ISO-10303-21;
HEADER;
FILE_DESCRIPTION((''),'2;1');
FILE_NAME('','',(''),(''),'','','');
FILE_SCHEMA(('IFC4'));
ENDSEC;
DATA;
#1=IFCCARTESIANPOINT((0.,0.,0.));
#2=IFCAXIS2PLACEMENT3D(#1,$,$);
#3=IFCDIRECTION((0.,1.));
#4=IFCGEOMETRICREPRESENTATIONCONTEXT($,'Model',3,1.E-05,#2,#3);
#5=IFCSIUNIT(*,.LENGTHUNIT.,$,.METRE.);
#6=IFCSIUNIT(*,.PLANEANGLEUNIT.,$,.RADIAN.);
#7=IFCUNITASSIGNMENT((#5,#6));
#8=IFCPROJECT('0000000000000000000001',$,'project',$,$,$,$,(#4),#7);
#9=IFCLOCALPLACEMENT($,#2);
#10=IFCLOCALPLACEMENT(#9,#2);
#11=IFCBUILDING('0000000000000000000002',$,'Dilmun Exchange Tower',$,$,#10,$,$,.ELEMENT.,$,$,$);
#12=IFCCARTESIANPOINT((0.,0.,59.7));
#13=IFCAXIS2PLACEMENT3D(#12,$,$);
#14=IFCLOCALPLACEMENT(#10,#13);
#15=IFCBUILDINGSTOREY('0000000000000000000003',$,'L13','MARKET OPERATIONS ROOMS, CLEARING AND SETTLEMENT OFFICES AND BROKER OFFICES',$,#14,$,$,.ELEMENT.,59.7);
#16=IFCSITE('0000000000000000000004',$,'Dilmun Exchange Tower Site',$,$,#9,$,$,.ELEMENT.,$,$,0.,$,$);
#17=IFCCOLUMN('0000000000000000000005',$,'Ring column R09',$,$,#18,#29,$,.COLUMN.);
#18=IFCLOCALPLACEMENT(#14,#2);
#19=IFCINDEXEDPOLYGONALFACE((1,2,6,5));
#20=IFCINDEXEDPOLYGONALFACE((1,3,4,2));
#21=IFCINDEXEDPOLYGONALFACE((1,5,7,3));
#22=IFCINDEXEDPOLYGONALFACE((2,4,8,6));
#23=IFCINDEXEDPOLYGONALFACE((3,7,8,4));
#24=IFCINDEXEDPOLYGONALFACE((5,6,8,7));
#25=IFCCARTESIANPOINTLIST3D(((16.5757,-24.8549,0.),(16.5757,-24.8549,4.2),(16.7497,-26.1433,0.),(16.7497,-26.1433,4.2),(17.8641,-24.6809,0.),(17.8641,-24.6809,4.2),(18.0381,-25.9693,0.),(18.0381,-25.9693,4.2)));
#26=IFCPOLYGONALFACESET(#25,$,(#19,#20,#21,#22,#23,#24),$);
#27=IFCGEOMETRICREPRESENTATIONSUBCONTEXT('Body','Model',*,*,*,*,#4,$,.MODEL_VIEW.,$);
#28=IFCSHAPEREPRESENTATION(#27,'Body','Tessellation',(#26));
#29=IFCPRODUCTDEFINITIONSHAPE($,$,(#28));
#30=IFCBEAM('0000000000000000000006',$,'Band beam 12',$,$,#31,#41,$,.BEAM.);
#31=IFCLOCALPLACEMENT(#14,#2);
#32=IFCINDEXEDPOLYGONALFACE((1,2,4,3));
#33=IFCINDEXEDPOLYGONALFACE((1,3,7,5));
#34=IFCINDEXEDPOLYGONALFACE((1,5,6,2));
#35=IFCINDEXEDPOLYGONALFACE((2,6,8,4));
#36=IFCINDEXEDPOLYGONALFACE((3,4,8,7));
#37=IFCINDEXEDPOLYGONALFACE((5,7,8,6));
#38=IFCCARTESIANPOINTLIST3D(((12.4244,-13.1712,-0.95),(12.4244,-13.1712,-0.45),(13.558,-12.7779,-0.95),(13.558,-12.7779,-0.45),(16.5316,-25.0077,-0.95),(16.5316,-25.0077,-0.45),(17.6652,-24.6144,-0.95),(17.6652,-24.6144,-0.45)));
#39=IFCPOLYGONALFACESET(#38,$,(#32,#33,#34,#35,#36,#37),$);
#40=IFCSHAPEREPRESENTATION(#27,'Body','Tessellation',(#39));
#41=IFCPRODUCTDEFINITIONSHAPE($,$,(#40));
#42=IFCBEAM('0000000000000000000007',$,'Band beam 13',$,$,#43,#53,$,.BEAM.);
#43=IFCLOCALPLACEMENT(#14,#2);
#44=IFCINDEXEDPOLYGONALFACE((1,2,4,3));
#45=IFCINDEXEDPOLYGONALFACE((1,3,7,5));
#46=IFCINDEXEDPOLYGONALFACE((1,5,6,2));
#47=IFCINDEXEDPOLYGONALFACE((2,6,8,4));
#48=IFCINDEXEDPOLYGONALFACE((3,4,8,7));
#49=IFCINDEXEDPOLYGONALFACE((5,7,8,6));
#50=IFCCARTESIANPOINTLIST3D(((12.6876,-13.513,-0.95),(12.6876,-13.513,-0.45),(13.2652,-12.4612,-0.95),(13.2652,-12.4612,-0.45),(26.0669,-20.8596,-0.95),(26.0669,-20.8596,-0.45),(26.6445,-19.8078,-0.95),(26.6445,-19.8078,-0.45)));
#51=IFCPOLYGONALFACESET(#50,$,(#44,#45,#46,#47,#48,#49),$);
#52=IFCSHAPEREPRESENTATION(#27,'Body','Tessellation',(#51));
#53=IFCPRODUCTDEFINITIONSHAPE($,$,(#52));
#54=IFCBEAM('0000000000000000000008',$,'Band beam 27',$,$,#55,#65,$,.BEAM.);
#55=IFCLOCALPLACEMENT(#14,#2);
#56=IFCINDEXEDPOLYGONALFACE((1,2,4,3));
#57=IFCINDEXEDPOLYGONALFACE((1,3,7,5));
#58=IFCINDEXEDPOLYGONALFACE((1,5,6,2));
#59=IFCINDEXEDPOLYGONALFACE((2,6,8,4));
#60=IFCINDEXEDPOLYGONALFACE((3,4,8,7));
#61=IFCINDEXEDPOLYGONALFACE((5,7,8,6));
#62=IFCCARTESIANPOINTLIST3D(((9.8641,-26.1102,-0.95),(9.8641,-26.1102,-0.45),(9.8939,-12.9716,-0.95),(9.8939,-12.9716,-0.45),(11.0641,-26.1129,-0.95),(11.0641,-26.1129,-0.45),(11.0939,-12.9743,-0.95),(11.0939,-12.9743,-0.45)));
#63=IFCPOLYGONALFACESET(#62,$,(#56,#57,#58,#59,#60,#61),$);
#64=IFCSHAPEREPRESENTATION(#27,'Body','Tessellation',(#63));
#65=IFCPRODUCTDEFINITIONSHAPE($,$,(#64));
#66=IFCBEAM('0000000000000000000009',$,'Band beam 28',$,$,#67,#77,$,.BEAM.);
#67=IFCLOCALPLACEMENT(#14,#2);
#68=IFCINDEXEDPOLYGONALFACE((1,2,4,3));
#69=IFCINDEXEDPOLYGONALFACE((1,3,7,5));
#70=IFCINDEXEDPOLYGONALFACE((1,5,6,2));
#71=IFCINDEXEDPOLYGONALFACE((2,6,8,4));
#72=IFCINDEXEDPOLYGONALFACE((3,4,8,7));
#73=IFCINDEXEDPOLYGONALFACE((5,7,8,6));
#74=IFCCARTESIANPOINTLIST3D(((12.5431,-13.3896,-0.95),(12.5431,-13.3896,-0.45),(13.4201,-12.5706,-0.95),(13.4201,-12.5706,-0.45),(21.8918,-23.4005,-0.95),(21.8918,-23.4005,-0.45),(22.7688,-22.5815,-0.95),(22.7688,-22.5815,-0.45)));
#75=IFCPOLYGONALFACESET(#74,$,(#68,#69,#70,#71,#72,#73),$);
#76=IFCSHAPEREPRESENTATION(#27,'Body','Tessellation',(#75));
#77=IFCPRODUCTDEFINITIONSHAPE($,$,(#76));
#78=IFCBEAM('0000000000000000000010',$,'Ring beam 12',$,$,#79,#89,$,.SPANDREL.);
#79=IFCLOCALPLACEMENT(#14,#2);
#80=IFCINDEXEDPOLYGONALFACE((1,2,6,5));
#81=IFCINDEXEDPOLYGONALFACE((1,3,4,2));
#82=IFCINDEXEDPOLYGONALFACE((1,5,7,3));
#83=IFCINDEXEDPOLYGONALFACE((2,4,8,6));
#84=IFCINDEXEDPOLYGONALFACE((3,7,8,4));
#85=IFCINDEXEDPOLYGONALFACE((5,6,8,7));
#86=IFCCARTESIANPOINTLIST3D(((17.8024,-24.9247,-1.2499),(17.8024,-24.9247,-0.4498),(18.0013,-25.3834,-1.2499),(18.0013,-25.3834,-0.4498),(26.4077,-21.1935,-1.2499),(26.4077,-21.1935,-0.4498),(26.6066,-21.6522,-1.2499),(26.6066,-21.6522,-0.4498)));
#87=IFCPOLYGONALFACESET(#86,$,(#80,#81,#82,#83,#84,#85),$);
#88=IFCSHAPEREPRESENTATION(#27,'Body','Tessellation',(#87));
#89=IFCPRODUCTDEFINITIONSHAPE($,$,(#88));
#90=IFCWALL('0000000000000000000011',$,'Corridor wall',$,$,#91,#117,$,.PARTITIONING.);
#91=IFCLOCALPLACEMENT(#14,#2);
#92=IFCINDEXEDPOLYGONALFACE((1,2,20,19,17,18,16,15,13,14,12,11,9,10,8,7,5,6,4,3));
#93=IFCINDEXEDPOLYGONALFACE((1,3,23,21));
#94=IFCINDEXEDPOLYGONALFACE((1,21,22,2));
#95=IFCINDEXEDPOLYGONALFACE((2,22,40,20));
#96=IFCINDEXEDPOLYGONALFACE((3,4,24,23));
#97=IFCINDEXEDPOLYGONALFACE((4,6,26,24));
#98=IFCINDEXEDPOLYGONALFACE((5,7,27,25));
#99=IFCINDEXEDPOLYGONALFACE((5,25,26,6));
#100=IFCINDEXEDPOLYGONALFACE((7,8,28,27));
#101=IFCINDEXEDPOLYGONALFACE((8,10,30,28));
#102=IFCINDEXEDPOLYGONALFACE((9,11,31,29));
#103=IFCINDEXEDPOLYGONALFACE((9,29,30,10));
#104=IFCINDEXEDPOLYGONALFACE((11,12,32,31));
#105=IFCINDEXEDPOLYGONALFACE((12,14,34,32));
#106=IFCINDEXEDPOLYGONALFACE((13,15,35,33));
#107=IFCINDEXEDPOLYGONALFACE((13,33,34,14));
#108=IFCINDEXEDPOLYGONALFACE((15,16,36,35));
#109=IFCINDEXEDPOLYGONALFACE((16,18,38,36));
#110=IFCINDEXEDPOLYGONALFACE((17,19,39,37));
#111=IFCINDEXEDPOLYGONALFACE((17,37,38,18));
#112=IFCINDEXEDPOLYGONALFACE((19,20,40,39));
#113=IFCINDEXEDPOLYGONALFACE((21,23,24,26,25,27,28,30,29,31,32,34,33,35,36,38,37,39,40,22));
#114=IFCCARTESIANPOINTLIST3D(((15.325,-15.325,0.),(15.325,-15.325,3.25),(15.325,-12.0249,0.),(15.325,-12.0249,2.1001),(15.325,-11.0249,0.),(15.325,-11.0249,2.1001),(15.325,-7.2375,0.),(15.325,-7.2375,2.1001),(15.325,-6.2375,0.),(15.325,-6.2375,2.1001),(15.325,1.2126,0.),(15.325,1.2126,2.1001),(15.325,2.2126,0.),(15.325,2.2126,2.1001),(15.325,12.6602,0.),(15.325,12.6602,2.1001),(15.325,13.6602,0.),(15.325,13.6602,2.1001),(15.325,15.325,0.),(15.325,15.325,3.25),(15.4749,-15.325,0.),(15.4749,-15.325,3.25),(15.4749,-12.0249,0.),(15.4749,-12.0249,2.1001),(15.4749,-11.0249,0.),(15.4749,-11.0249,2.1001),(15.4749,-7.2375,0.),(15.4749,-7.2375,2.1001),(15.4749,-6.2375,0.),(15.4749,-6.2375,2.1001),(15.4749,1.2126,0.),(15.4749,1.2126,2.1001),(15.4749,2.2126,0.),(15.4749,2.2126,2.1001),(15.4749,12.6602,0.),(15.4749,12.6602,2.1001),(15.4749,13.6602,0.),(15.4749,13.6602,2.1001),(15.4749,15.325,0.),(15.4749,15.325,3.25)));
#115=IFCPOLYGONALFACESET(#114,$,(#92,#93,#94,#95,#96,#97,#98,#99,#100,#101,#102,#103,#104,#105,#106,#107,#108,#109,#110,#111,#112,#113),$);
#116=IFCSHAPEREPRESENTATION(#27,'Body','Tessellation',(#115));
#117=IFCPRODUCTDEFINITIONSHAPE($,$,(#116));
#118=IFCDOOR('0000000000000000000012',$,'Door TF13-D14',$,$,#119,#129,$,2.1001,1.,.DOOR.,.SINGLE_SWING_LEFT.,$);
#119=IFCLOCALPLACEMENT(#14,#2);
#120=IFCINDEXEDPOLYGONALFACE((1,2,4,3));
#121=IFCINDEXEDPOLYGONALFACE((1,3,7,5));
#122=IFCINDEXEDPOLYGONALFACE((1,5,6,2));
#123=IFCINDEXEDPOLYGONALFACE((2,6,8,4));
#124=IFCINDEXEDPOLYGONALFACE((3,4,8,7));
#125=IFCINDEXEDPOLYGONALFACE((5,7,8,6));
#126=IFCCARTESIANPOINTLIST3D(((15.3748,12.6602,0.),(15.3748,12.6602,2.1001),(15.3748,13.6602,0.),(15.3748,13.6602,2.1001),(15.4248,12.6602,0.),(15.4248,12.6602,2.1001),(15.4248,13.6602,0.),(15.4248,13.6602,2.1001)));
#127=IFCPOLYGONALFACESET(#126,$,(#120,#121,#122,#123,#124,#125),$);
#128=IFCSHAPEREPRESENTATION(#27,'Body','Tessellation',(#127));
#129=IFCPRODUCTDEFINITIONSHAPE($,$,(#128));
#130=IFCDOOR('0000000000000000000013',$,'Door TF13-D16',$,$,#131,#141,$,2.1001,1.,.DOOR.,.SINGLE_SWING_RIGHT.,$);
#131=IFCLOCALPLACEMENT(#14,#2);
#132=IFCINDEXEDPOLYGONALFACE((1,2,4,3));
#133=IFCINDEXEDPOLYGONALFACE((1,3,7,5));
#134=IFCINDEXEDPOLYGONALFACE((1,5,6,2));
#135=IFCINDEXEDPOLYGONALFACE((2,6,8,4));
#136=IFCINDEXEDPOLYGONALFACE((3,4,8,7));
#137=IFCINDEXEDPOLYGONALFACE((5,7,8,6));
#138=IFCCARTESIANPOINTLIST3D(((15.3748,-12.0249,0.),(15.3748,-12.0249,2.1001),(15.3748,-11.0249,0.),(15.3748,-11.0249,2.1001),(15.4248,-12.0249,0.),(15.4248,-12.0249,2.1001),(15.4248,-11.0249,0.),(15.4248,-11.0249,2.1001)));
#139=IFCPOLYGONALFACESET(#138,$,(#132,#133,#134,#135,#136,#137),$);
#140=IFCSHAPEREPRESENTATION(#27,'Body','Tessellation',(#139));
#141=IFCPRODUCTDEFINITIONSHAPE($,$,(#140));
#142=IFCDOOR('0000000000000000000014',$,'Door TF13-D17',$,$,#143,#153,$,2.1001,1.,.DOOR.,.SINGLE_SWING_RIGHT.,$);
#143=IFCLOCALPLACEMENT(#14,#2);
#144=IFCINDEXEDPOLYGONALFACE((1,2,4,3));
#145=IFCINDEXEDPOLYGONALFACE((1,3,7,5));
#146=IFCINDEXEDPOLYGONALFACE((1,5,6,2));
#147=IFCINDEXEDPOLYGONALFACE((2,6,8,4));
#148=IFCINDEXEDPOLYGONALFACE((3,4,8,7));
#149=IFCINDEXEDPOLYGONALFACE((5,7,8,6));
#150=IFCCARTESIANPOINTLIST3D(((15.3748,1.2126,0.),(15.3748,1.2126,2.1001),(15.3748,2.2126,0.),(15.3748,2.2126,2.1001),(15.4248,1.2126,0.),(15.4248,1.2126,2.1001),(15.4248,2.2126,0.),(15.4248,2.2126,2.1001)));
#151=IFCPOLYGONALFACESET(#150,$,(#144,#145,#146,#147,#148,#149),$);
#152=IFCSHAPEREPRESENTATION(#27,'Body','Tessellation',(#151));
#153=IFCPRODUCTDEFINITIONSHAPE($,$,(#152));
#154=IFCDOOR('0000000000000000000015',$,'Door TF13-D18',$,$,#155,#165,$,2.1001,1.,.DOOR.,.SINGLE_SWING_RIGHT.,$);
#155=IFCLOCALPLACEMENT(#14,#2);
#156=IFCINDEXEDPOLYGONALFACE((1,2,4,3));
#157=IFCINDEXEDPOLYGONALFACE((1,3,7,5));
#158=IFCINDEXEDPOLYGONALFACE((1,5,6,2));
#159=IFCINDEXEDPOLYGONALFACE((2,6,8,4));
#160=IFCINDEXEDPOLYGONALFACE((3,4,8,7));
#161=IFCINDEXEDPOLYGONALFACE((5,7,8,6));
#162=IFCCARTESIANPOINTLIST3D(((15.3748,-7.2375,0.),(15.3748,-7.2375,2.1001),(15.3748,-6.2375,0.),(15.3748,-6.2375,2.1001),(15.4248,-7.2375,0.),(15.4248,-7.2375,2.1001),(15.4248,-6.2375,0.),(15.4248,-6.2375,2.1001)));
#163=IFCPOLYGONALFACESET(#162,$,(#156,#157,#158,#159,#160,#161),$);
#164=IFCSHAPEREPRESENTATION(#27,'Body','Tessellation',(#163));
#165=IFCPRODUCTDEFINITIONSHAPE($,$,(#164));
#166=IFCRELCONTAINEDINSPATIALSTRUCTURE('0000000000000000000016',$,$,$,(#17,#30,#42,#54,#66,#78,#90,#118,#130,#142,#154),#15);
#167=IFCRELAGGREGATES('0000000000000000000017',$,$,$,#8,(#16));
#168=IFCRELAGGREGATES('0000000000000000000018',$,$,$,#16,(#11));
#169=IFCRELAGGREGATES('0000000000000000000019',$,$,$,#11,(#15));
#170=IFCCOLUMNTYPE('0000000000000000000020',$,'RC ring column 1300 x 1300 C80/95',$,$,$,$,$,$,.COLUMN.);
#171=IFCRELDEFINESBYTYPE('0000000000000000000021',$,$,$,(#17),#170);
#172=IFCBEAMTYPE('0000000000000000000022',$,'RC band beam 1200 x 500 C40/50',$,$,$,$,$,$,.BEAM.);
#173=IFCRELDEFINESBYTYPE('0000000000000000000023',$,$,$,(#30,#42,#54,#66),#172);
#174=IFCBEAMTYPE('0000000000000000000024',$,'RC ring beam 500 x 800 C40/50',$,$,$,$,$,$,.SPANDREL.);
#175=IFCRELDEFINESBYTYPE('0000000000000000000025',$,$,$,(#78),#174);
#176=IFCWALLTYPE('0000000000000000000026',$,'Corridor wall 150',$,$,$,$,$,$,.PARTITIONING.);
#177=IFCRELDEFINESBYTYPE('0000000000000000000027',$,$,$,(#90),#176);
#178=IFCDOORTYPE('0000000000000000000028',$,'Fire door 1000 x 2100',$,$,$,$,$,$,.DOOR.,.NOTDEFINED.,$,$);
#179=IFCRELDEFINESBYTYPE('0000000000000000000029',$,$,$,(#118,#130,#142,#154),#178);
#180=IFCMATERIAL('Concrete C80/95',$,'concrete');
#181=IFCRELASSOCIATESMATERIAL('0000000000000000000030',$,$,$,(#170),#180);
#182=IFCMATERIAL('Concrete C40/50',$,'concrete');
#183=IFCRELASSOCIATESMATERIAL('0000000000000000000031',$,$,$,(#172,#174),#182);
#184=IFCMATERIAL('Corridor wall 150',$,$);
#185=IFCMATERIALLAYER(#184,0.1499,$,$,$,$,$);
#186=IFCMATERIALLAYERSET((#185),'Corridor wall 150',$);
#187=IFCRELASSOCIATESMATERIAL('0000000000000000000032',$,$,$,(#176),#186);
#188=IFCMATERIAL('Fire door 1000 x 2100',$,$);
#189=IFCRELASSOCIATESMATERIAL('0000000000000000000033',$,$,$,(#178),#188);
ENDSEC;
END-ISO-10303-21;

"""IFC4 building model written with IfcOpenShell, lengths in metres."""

from ifc_helpers import new_model, si_unit, direction, frame, frame_2d, origin, origin_2d, place, context, subcontext, project, spatial, rectangle, extrude, material, layer, layer_set, material_profile, profile_set, type_object, element, fill, save


model = new_model("IFC4")

# Units and contexts
model_context = context("Model", 3, precision=1e-05, world=origin(), true_north=direction((0.0, 1.0)))
body_context = subcontext(model_context, "Body", "Model", "MODEL_VIEW")
ifc_project = project(units=[si_unit("LENGTHUNIT", "METRE"), si_unit("PLANEANGLEUNIT", "RADIAN")], contexts=[model_context])

# Site, building, storey
site_placement = place(None, origin())
site = spatial("IfcSite", under=ifc_project, at=site_placement, Name="Dilmun Exchange Tower Site", CompositionType="ELEMENT", RefElevation=0.0)
building_placement = place(site_placement, origin())
building = spatial("IfcBuilding", under=site, at=building_placement, Name="Dilmun Exchange Tower", CompositionType="ELEMENT")
storey_placement = place(building_placement, frame((0.0, 0.0, 59.7)))
storey = spatial("IfcBuildingStorey", under=building, at=storey_placement, Name="L13", Description="MARKET OPERATIONS ROOMS, CLEARING AND SETTLEMENT OFFICES AND BROKER OFFICES", CompositionType="ELEMENT", Elevation=59.7)

# Column
ifc_material_1 = material(Name="Concrete C80/95", Category="concrete")
ifc_material_profile_1 = material_profile(ifc_material_1, rectangle(XDim=1.3, YDim=1.3, at=origin_2d()), Name="1300 x 1300")
ifc_profile_set_1 = profile_set([ifc_material_profile_1], Name="Concrete C80/95")
column_type = type_object("IfcColumnType", Name="RC ring column 1300 x 1300 C80/95", PredefinedType="COLUMN", material=ifc_profile_set_1)
column_placement = place(storey_placement, frame((17.3069, -25.4121, 0.0), z_axis=(0.0, 0.0, 1.0), x_axis=(0.991001, 0.133853, 0.0)))
element("IfcColumn", 1, at=column_placement, inside=storey, type_object=column_type, Name="Ring column R09", PredefinedType="COLUMN", context=body_context, shape_type="SweptSolid", body=[
    extrude(rectangle(XDim=1.3, YDim=1.3, at=origin_2d()), origin(), (0.0, 0.0, 1.0), 4.2),
])

# Beams
ifc_material_2 = material(Name="Concrete C40/50", Category="concrete")
ifc_material_profile_2 = material_profile(ifc_material_2, rectangle(XDim=1.2, YDim=0.5, at=origin_2d()), Name="1200 x 500")
ifc_profile_set_2 = profile_set([ifc_material_profile_2], Name="Concrete C40/50")
beam_type_1 = type_object("IfcBeamType", Name="RC band beam 1200 x 500 C40/50", PredefinedType="BEAM", material=ifc_profile_set_2)
beam_1_placement = place(storey_placement, frame((17.0984, -24.811, -0.7), z_axis=(-0.32782, 0.94474, 0.0), x_axis=(-0.94474, -0.32782, 0.0)))
element("IfcBeam", 2, at=beam_1_placement, inside=storey, type_object=beam_type_1, Name="Band beam 12", PredefinedType="BEAM", context=body_context, shape_type="SweptSolid", body=[
    extrude(rectangle(XDim=1.2, YDim=0.5, at=origin_2d()), origin(), (0.0, 0.0, 1.0), 12.5288),
])
beam_2_placement = place(storey_placement, frame((26.3557, -20.3337, -0.7), z_axis=(-0.876547, 0.481316, 0.0), x_axis=(-0.481316, -0.876547, 0.0)))
element("IfcBeam", 3, at=beam_2_placement, inside=storey, type_object=beam_type_1, Name="Band beam 13", PredefinedType="BEAM", context=body_context, shape_type="SweptSolid", body=[
    extrude(rectangle(XDim=1.2, YDim=0.5, at=origin_2d()), origin(), (0.0, 0.0, 1.0), 15.2637),
])
beam_3_placement = place(storey_placement, frame((10.4641, -26.1116, -0.7), z_axis=(0.002267, 0.999997, 0.0), x_axis=(-0.999997, 0.002267, 0.0)))
element("IfcBeam", 4, at=beam_3_placement, inside=storey, type_object=beam_type_1, Name="Band beam 27", PredefinedType="BEAM", context=body_context, shape_type="SweptSolid", body=[
    extrude(rectangle(XDim=1.2, YDim=0.5, at=origin_2d()), origin(), (0.0, 0.0, 1.0), 13.1387),
])
beam_4_placement = place(storey_placement, frame((22.3303, -22.991, -0.7), z_axis=(-0.682524, 0.730863, 0.0), x_axis=(-0.730863, -0.682524, 0.0)))
element("IfcBeam", 5, at=beam_4_placement, inside=storey, type_object=beam_type_1, Name="Band beam 28", PredefinedType="BEAM", context=body_context, shape_type="SweptSolid", body=[
    extrude(rectangle(XDim=1.2, YDim=0.5, at=origin_2d()), origin(), (0.0, 0.0, 1.0), 13.6973),
])
ifc_material_profile_3 = material_profile(ifc_material_2, rectangle(XDim=0.5, YDim=0.8, at=origin_2d()), Name="500 x 800")
ifc_profile_set_3 = profile_set([ifc_material_profile_3], Name="Concrete C40/50")
beam_type_2 = type_object("IfcBeamType", Name="RC ring beam 500 x 800 C40/50", PredefinedType="SPANDREL", material=ifc_profile_set_3)
beam_5_placement = place(storey_placement, frame((17.9019, -25.1541, -0.8499), z_axis=(0.917467, 0.397811, 0.0), x_axis=(-0.397811, 0.917467, 0.0)))
element("IfcBeam", 6, at=beam_5_placement, inside=storey, type_object=beam_type_2, Name="Ring beam 12", PredefinedType="SPANDREL", context=body_context, shape_type="SweptSolid", body=[
    extrude(rectangle(XDim=0.5, YDim=0.8, at=origin_2d()), origin(), (0.0, 0.0, 1.0), 9.3794),
])

# Wall, openings, doors
ifc_material_3 = material(Name="Corridor wall 150")
ifc_layer_1 = layer(ifc_material_3, 0.1499)
ifc_layer_set_1 = layer_set([ifc_layer_1], Name="Corridor wall 150")
wall_type_1 = type_object("IfcWallType", Name="Corridor wall 150", PredefinedType="PARTITIONING", material=ifc_layer_set_1)
wall_1_placement = place(storey_placement, frame((15.3999, -15.325, 0.0), z_axis=(0.0, 0.0, 1.0), x_axis=(0.0, 1.0, 0.0)))
wall_1 = element("IfcWall", 7, at=wall_1_placement, inside=storey, type_object=wall_type_1, Name="Corridor wall", PredefinedType="PARTITIONING", context=body_context, shape_type="SweptSolid", body=[
    extrude(rectangle(XDim=30.6499, YDim=0.1499, at=frame_2d((15.325, 0.0))), origin(), (0.0, 0.0, 1.0), 3.25),
])
opening_1_placement = place(wall_1_placement, frame((27.9851, 0.0, 0.0)))
opening_1 = element("IfcOpeningElement", 8, at=opening_1_placement, cuts=wall_1, PredefinedType="OPENING", context=body_context, shape_type="SweptSolid", body=[
    extrude(rectangle(XDim=1.0, YDim=2.1001, at=frame_2d((0.5, 1.05))), frame((0.0, 0.085, 0.0), z_axis=(0.0, -1.0, 0.0), x_axis=(1.0, 0.0, 0.0)), (0.0, 0.0, 1.0), 0.1699),
])
opening_2_placement = place(wall_1_placement, frame((3.3, 0.0, 0.0)))
opening_2 = element("IfcOpeningElement", 9, at=opening_2_placement, cuts=wall_1, PredefinedType="OPENING", context=body_context, shape_type="SweptSolid", body=[
    extrude(rectangle(XDim=1.0, YDim=2.1001, at=frame_2d((0.5, 1.05))), frame((0.0, 0.085, 0.0), z_axis=(0.0, -1.0, 0.0), x_axis=(1.0, 0.0, 0.0)), (0.0, 0.0, 1.0), 0.1699),
])
opening_3_placement = place(wall_1_placement, frame((16.5376, 0.0, 0.0)))
opening_3 = element("IfcOpeningElement", 10, at=opening_3_placement, cuts=wall_1, PredefinedType="OPENING", context=body_context, shape_type="SweptSolid", body=[
    extrude(rectangle(XDim=1.0, YDim=2.1001, at=frame_2d((0.5, 1.05))), frame((0.0, 0.085, 0.0), z_axis=(0.0, -1.0, 0.0), x_axis=(1.0, 0.0, 0.0)), (0.0, 0.0, 1.0), 0.1699),
])
opening_4_placement = place(wall_1_placement, frame((8.0874, 0.0, 0.0)))
opening_4 = element("IfcOpeningElement", 11, at=opening_4_placement, cuts=wall_1, PredefinedType="OPENING", context=body_context, shape_type="SweptSolid", body=[
    extrude(rectangle(XDim=1.0, YDim=2.1001, at=frame_2d((0.5, 1.05))), frame((0.0, 0.085, 0.0), z_axis=(0.0, -1.0, 0.0), x_axis=(1.0, 0.0, 0.0)), (0.0, 0.0, 1.0), 0.1699),
])
ifc_material_4 = material(Name="Fire door 1000 x 2100")
door_type_1 = type_object("IfcDoorType", Name="Fire door 1000 x 2100", OperationType="NOTDEFINED", PredefinedType="DOOR", material=ifc_material_4)
door_1_placement = place(opening_1_placement, frame((1.0, 0.0, 0.0), z_axis=(0.0, 0.0, 1.0), x_axis=(-1.0, 0.0, 0.0)))
door_1 = element("IfcDoor", 12, at=door_1_placement, inside=storey, type_object=door_type_1, Name="Door TF13-D14", OperationType="SINGLE_SWING_LEFT", OverallHeight=2.1001, OverallWidth=1.0, PredefinedType="DOOR", context=body_context, shape_type="SweptSolid", body=[
    extrude(rectangle(XDim=1.0, YDim=2.1001, at=frame_2d((0.5, 1.05))), frame((0.0, 0.0249, 0.0), z_axis=(0.0, -1.0, 0.0), x_axis=(1.0, 0.0, 0.0)), (0.0, 0.0, 1.0), 0.05),
])
fill(opening_1, door_1)
door_2_placement = place(opening_2_placement, frame((1.0, 0.0, 0.0), z_axis=(0.0, 0.0, 1.0), x_axis=(-1.0, 0.0, 0.0)))
door_2 = element("IfcDoor", 13, at=door_2_placement, inside=storey, type_object=door_type_1, Name="Door TF13-D16", OperationType="SINGLE_SWING_RIGHT", OverallHeight=2.1001, OverallWidth=1.0, PredefinedType="DOOR", context=body_context, shape_type="SweptSolid", body=[
    extrude(rectangle(XDim=1.0, YDim=2.1001, at=frame_2d((0.5, 1.05))), frame((0.0, 0.0249, 0.0), z_axis=(0.0, -1.0, 0.0), x_axis=(1.0, 0.0, 0.0)), (0.0, 0.0, 1.0), 0.05),
])
fill(opening_2, door_2)
door_3_placement = place(opening_3_placement, frame((1.0, 0.0, 0.0), z_axis=(0.0, 0.0, 1.0), x_axis=(-1.0, 0.0, 0.0)))
door_3 = element("IfcDoor", 14, at=door_3_placement, inside=storey, type_object=door_type_1, Name="Door TF13-D17", OperationType="SINGLE_SWING_RIGHT", OverallHeight=2.1001, OverallWidth=1.0, PredefinedType="DOOR", context=body_context, shape_type="SweptSolid", body=[
    extrude(rectangle(XDim=1.0, YDim=2.1001, at=frame_2d((0.5, 1.05))), frame((0.0, 0.0249, 0.0), z_axis=(0.0, -1.0, 0.0), x_axis=(1.0, 0.0, 0.0)), (0.0, 0.0, 1.0), 0.05),
])
fill(opening_3, door_3)
door_4_placement = place(opening_4_placement, frame((1.0, 0.0, 0.0), z_axis=(0.0, 0.0, 1.0), x_axis=(-1.0, 0.0, 0.0)))
door_4 = element("IfcDoor", 15, at=door_4_placement, inside=storey, type_object=door_type_1, Name="Door TF13-D18", OperationType="SINGLE_SWING_RIGHT", OverallHeight=2.1001, OverallWidth=1.0, PredefinedType="DOOR", context=body_context, shape_type="SweptSolid", body=[
    extrude(rectangle(XDim=1.0, YDim=2.1001, at=frame_2d((0.5, 1.05))), frame((0.0, 0.0249, 0.0), z_axis=(0.0, -1.0, 0.0), x_axis=(1.0, 0.0, 0.0)), (0.0, 0.0, 1.0), 0.05),
])
fill(opening_4, door_4)

save(model, "model.ifc")
